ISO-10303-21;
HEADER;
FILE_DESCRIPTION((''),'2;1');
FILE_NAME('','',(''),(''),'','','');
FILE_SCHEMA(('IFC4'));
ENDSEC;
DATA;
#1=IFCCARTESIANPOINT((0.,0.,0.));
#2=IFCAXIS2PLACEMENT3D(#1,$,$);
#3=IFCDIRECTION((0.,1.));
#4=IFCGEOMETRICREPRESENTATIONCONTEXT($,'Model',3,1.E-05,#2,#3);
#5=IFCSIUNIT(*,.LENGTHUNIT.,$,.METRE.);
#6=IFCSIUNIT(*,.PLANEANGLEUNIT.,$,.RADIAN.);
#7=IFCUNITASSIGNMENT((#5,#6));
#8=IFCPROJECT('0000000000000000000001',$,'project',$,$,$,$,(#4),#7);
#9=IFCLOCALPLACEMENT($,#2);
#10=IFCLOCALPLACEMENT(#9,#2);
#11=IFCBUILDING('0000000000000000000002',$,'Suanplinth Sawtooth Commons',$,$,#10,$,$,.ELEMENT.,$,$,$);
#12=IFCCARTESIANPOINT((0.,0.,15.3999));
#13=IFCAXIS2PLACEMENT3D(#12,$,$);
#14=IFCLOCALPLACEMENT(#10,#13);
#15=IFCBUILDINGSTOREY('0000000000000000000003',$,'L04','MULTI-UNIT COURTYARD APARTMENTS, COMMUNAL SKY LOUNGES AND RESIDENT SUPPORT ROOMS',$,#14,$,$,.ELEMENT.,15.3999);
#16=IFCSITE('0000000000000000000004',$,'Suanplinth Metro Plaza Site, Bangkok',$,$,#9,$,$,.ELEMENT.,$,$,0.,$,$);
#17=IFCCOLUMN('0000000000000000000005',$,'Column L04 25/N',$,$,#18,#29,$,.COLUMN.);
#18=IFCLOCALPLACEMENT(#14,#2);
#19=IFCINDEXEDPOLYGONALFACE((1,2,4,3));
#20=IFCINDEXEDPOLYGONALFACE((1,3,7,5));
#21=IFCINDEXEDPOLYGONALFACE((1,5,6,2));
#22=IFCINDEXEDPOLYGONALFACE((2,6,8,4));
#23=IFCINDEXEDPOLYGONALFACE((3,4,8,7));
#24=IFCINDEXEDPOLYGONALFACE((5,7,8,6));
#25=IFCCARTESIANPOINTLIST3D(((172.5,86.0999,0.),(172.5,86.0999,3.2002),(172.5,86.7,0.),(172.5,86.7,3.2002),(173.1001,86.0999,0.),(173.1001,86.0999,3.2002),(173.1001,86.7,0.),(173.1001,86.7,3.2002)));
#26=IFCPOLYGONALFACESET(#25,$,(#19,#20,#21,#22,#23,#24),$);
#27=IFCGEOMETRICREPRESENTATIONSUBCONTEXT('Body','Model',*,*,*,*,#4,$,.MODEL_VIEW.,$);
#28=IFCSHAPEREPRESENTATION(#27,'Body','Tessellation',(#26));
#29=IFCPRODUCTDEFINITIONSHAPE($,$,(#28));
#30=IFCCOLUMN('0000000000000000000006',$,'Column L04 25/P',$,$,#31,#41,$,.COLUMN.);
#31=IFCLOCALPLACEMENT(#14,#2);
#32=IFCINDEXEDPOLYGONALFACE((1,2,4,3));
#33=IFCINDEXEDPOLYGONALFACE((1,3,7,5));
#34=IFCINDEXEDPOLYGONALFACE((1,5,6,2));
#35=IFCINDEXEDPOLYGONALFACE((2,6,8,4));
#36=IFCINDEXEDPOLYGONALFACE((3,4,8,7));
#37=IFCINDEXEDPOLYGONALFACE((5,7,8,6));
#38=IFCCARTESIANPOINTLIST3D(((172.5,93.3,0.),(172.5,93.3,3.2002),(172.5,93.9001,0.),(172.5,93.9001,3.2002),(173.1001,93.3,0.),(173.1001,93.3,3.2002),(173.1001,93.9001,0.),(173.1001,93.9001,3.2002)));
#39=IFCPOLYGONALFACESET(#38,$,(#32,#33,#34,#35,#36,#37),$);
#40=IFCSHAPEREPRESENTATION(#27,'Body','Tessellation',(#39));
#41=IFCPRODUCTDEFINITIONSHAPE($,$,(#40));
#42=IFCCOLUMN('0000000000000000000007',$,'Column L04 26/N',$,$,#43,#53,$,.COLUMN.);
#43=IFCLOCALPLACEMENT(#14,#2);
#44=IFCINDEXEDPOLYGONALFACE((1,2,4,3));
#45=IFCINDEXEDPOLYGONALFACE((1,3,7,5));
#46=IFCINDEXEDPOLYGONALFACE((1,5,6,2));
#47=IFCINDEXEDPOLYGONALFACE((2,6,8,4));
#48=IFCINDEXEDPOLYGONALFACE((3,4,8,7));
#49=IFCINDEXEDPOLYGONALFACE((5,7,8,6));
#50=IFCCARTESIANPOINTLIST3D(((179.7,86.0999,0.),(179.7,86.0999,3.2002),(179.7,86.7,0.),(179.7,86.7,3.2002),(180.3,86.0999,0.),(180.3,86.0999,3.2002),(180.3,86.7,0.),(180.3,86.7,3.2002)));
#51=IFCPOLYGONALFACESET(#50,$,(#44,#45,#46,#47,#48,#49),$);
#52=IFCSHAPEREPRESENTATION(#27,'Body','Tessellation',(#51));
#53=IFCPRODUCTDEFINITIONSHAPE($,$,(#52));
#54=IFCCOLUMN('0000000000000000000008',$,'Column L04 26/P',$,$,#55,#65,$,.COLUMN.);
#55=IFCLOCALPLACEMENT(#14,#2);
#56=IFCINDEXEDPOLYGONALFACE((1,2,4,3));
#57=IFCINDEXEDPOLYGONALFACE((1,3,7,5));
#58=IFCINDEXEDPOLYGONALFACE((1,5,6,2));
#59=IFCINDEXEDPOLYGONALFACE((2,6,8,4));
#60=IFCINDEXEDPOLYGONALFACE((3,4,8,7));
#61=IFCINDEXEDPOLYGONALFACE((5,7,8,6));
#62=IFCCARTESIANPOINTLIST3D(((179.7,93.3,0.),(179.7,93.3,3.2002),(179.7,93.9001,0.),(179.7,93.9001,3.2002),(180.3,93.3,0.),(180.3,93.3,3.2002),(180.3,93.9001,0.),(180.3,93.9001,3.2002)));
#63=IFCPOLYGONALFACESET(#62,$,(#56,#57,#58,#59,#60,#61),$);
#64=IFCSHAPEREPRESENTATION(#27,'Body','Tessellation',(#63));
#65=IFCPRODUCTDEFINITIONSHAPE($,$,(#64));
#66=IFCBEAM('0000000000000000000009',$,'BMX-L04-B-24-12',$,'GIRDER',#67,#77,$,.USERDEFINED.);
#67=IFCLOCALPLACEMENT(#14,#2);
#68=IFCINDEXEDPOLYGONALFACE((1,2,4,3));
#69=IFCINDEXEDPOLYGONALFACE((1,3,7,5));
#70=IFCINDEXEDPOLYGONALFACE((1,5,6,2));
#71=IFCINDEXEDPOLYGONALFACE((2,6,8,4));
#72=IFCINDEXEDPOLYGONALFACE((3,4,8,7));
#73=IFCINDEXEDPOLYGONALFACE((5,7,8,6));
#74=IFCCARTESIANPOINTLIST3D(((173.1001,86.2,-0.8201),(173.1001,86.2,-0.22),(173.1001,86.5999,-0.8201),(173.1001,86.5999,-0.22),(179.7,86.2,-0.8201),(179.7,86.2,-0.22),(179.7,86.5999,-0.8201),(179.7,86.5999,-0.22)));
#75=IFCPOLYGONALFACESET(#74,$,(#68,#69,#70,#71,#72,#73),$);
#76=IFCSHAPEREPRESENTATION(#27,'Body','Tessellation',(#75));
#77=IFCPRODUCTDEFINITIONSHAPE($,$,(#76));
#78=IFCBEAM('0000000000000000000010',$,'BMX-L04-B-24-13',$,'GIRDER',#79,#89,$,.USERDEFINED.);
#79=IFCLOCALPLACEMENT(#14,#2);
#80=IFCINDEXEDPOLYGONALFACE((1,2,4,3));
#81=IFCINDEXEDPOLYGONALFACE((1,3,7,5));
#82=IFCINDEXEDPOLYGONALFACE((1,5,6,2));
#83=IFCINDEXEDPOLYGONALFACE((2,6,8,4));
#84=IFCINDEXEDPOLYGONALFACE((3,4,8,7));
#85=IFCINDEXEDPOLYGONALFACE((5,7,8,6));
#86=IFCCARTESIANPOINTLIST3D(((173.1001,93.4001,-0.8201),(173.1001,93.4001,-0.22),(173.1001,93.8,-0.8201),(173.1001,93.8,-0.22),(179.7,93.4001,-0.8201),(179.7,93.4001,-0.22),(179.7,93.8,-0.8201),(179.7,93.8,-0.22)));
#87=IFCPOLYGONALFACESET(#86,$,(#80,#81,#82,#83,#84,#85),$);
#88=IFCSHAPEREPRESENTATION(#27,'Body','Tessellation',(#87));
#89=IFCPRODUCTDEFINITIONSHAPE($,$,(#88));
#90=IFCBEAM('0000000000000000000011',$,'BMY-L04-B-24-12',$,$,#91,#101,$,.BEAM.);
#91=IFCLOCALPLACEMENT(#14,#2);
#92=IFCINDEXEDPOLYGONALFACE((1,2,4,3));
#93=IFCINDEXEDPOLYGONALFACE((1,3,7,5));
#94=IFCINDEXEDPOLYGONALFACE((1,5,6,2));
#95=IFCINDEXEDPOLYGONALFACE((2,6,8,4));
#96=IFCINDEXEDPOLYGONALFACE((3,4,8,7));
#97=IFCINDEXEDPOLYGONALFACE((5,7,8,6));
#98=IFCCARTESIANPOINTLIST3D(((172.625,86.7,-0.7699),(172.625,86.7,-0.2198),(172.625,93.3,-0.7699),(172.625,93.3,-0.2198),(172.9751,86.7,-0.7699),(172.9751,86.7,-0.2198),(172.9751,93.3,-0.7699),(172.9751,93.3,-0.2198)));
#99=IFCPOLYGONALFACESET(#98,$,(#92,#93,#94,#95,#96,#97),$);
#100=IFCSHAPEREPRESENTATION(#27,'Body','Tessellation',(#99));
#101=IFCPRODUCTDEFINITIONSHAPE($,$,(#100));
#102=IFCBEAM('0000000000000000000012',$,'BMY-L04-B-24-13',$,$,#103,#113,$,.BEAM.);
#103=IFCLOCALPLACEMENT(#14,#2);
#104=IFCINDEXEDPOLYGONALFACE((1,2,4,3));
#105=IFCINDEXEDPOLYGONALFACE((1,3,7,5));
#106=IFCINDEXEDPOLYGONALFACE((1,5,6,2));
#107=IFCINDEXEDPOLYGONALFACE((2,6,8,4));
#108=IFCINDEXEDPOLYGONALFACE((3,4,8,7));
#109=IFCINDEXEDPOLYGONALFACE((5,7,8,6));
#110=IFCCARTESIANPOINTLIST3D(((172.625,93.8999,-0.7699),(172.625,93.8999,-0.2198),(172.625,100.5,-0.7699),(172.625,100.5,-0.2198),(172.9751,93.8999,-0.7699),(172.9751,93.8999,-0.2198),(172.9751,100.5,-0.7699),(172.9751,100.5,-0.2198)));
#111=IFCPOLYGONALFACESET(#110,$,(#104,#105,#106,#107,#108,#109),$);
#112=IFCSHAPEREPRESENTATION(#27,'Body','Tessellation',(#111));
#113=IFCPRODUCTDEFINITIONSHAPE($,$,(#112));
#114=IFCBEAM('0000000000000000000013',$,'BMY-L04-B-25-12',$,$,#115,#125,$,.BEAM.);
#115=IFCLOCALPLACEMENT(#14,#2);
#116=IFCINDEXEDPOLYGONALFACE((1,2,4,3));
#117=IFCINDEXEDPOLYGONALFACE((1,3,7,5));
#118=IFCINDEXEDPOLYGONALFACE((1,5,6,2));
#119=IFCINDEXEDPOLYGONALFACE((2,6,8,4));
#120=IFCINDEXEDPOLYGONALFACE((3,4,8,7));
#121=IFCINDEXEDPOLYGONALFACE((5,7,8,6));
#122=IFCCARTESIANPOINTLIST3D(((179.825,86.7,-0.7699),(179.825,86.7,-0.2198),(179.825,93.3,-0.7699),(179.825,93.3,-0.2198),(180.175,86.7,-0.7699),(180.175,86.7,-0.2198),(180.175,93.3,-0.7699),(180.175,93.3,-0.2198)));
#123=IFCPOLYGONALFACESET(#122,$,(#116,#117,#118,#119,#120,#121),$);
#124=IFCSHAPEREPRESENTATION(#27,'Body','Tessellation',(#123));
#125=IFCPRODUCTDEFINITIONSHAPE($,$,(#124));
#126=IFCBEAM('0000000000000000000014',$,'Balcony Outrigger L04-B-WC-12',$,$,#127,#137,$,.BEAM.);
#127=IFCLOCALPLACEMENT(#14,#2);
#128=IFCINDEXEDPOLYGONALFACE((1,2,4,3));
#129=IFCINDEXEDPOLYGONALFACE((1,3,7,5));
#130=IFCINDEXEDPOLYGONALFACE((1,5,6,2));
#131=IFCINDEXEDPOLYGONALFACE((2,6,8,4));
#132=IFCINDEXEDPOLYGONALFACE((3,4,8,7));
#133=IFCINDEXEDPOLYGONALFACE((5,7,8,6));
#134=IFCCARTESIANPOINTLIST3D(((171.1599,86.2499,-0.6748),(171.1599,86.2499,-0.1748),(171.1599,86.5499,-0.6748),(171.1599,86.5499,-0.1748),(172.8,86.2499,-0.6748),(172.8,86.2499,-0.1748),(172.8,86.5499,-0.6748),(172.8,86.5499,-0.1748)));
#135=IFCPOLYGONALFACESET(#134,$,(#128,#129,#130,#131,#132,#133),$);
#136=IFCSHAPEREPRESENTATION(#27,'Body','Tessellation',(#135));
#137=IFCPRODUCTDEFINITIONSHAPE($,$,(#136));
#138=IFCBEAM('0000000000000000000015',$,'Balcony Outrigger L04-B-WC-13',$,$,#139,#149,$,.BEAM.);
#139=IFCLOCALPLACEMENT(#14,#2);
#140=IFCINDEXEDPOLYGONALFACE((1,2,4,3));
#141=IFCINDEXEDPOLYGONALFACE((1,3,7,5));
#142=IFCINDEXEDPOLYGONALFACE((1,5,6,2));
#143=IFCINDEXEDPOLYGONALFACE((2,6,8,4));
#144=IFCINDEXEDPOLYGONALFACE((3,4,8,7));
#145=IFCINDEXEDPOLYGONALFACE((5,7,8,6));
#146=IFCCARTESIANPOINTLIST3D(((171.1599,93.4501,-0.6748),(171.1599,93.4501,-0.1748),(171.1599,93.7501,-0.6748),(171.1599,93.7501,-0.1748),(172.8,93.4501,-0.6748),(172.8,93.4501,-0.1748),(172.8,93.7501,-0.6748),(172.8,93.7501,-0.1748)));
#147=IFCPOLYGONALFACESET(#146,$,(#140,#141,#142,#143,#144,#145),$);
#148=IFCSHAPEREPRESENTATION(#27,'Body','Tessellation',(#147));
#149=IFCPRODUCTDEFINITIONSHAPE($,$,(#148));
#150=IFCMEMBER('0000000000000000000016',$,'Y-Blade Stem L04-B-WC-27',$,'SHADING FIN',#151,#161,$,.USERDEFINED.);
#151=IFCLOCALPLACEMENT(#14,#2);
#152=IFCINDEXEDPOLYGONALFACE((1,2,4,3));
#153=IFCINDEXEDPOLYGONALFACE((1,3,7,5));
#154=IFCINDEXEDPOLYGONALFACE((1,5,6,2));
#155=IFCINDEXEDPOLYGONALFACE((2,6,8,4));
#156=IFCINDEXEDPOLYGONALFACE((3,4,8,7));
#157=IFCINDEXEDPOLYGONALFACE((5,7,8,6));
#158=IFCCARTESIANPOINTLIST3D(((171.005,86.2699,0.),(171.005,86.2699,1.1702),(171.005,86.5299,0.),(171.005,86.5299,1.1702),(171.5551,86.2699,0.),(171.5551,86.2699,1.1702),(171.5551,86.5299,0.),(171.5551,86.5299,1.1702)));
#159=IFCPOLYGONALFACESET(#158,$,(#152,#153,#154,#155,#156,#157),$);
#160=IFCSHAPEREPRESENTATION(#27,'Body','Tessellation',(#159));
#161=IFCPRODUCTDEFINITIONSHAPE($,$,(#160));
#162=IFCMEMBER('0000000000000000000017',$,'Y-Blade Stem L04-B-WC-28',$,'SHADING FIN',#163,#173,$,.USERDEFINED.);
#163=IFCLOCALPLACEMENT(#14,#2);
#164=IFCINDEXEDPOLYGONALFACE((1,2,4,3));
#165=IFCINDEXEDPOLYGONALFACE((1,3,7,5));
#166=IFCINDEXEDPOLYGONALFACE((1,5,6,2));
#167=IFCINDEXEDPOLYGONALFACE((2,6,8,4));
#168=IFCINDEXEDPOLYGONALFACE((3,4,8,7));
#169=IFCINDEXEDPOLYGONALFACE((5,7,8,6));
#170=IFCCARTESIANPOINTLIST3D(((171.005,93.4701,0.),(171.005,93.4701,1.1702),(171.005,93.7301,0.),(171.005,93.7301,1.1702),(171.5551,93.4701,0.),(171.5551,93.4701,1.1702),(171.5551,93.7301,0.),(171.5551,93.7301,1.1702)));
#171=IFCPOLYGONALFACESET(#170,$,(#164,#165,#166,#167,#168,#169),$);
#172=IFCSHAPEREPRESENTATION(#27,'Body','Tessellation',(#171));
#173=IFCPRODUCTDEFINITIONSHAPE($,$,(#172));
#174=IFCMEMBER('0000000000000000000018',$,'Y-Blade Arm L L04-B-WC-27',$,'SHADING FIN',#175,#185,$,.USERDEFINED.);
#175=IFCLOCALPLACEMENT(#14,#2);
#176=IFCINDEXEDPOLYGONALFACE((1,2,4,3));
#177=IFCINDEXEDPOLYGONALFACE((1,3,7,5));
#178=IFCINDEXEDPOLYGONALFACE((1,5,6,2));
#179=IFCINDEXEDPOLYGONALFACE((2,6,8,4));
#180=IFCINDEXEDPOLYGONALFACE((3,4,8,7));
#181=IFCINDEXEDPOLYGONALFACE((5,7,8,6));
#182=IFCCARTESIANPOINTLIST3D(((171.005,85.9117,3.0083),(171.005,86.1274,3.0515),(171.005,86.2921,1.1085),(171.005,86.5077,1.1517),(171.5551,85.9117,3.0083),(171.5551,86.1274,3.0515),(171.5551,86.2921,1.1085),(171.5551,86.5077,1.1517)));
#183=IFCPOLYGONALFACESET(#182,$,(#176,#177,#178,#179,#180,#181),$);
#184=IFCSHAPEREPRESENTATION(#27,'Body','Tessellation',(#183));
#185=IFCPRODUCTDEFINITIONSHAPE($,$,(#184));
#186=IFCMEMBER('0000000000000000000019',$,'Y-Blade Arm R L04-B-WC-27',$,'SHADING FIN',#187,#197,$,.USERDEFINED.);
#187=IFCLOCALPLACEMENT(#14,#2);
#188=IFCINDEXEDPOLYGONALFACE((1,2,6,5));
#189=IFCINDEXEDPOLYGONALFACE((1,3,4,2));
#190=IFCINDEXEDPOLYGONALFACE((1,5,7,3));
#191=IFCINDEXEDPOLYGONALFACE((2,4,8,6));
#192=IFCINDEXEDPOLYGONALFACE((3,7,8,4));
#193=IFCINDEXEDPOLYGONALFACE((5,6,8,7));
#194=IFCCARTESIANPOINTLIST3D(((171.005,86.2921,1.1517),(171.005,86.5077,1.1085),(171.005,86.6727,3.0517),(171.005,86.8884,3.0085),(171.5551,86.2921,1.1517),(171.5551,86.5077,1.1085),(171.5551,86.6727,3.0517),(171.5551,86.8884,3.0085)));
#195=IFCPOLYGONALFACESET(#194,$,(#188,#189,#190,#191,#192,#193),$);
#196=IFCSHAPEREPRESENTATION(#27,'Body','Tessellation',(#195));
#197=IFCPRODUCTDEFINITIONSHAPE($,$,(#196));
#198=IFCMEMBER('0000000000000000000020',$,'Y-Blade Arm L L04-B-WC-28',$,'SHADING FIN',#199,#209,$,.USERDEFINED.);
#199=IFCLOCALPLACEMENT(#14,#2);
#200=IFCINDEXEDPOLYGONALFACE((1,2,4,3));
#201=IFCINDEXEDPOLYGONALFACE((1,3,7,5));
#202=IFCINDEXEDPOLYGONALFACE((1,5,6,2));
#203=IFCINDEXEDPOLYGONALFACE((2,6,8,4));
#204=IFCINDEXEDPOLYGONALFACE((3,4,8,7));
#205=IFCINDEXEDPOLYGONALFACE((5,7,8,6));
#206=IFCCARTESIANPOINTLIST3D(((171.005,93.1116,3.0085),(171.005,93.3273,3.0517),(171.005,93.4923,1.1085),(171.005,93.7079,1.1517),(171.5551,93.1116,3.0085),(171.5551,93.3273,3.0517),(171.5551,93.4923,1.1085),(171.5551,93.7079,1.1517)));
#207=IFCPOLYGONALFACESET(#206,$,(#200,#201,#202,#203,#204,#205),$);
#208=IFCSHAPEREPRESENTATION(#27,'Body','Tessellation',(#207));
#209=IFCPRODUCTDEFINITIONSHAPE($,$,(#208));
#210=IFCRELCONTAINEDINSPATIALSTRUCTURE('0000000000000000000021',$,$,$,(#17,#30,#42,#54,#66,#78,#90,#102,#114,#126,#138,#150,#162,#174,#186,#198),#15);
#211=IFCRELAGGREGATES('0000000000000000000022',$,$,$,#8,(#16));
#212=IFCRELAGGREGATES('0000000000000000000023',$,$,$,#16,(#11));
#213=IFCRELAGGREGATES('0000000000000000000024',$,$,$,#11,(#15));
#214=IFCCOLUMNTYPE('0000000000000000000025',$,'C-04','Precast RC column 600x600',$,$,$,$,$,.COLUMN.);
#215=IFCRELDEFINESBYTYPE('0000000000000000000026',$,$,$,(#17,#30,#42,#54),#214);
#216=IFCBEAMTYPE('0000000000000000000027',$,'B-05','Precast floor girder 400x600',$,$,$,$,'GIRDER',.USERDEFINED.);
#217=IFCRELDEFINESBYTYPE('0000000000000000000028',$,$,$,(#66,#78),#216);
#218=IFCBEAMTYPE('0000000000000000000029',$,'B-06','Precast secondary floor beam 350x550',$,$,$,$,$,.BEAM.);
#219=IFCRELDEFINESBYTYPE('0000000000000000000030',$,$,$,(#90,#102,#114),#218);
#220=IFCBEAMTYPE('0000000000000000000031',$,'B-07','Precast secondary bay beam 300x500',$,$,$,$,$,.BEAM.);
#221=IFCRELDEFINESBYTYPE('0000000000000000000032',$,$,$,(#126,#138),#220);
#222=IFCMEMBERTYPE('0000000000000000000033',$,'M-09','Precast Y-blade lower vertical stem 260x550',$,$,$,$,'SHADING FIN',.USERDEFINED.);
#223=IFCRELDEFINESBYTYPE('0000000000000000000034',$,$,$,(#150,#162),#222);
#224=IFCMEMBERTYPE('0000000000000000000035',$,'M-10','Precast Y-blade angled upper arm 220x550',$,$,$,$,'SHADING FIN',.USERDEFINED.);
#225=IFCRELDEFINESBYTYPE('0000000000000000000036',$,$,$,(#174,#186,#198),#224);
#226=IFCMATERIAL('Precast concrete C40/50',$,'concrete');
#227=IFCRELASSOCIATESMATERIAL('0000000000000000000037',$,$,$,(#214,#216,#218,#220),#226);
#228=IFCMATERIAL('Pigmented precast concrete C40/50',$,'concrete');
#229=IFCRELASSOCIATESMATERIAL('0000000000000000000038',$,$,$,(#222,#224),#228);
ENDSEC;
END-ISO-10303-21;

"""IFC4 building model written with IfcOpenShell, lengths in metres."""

from ifc_helpers import new_model, si_unit, direction, frame, origin, origin_2d, place, context, subcontext, project, spatial, rectangle, extrude, material, material_profile, profile_set, type_object, element, save


model = new_model("IFC4")

# Units and contexts
model_context = context("Model", 3, precision=1e-05, world=origin(), true_north=direction((0.0, 1.0)))
body_context = subcontext(model_context, "Body", "Model", "MODEL_VIEW")
ifc_project = project(units=[si_unit("LENGTHUNIT", "METRE"), si_unit("PLANEANGLEUNIT", "RADIAN")], contexts=[model_context])

# Site, building, storey
site_placement = place(None, origin())
site = spatial("IfcSite", under=ifc_project, at=site_placement, Name="Suanplinth Metro Plaza Site, Bangkok", CompositionType="ELEMENT", RefElevation=0.0)
building_placement = place(site_placement, origin())
building = spatial("IfcBuilding", under=site, at=building_placement, Name="Suanplinth Sawtooth Commons", CompositionType="ELEMENT")
storey_placement = place(building_placement, frame((0.0, 0.0, 15.3999)))
storey = spatial("IfcBuildingStorey", under=building, at=storey_placement, Name="L04", Description="MULTI-UNIT COURTYARD APARTMENTS, COMMUNAL SKY LOUNGES AND RESIDENT SUPPORT ROOMS", CompositionType="ELEMENT", Elevation=15.3999)

# Columns
ifc_material_1 = material(Name="Precast concrete C40/50", Category="concrete")
ifc_material_profile_1 = material_profile(ifc_material_1, rectangle(XDim=0.6001, YDim=0.6001, at=origin_2d()), Name="PC-COL 600x600")
ifc_profile_set_1 = profile_set([ifc_material_profile_1], Name="Precast concrete C40/50")
column_type = type_object("IfcColumnType", Name="C-04", Description="Precast RC column 600x600", PredefinedType="COLUMN", material=ifc_profile_set_1)
for number, where, z_axis, x_axis, name in (
    (1, (172.8, 86.3999, 0.0), (0.0, 0.0, 1.0), (1.0, 0.0, 0.0), "Column L04 25/N"),
    (2, (172.8, 93.6001, 0.0), (0.0, 0.0, 1.0), (1.0, 0.0, 0.0), "Column L04 25/P"),
    (3, (180.0, 86.3999, 0.0), (0.0, 0.0, 1.0), (1.0, 0.0, 0.0), "Column L04 26/N"),
    (4, (180.0, 93.6001, 0.0), (0.0, 0.0, 1.0), (1.0, 0.0, 0.0), "Column L04 26/P"),
):
    element("IfcColumn", number, at=place(storey_placement, frame(where, z_axis=z_axis, x_axis=x_axis)), inside=storey, type_object=column_type, Name=name, PredefinedType="COLUMN", context=body_context, shape_type="SweptSolid", body=[
        extrude(rectangle(XDim=0.6001, YDim=0.6001, at=origin_2d()), origin(), (0.0, 0.0, 1.0), 3.2002),
    ])

# Beams
ifc_material_profile_2 = material_profile(ifc_material_1, rectangle(XDim=0.3999, YDim=0.6001, at=origin_2d()), Name="PC-GDR 400x600")
ifc_profile_set_2 = profile_set([ifc_material_profile_2], Name="Precast concrete C40/50")
beam_type_1 = type_object("IfcBeamType", Name="B-05", Description="Precast floor girder 400x600", ElementType="GIRDER", PredefinedType="USERDEFINED", material=ifc_profile_set_2)
for number, where, z_axis, x_axis, name in (
    (5, (173.1001, 86.3999, -0.52), (1.0, 0.0, 0.0), (0.0, 1.0, 0.0), "BMX-L04-B-24-12"),
    (6, (173.1001, 93.6001, -0.52), (1.0, 0.0, 0.0), (0.0, 1.0, 0.0), "BMX-L04-B-24-13"),
):
    element("IfcBeam", number, at=place(storey_placement, frame(where, z_axis=z_axis, x_axis=x_axis)), inside=storey, type_object=beam_type_1, Name=name, ObjectType="GIRDER", PredefinedType="USERDEFINED", context=body_context, shape_type="SweptSolid", body=[
        extrude(rectangle(XDim=0.3999, YDim=0.6001, at=origin_2d()), origin(), (0.0, 0.0, 1.0), 6.5999),
    ])
ifc_material_profile_3 = material_profile(ifc_material_1, rectangle(XDim=0.3501, YDim=0.55, at=origin_2d()), Name="PC-BM 350x550")
ifc_profile_set_3 = profile_set([ifc_material_profile_3], Name="Precast concrete C40/50")
beam_type_2 = type_object("IfcBeamType", Name="B-06", Description="Precast secondary floor beam 350x550", PredefinedType="BEAM", material=ifc_profile_set_3)
for number, where, z_axis, x_axis, name in (
    (7, (172.8, 86.7, -0.4949), (0.0, 1.0, 0.0), (-1.0, 0.0, 0.0), "BMY-L04-B-24-12"),
    (8, (172.8, 93.8999, -0.4949), (0.0, 1.0, 0.0), (-1.0, 0.0, 0.0), "BMY-L04-B-24-13"),
    (9, (180.0, 86.7, -0.4949), (0.0, 1.0, 0.0), (-1.0, 0.0, 0.0), "BMY-L04-B-25-12"),
):
    element("IfcBeam", number, at=place(storey_placement, frame(where, z_axis=z_axis, x_axis=x_axis)), inside=storey, type_object=beam_type_2, Name=name, PredefinedType="BEAM", context=body_context, shape_type="SweptSolid", body=[
        extrude(rectangle(XDim=0.3501, YDim=0.55, at=origin_2d()), origin(), (0.0, 0.0, 1.0), 6.6001),
    ])
ifc_material_profile_4 = material_profile(ifc_material_1, rectangle(XDim=0.3, YDim=0.5, at=origin_2d()), Name="PC-BM 300x500")
ifc_profile_set_4 = profile_set([ifc_material_profile_4], Name="Precast concrete C40/50")
beam_type_3 = type_object("IfcBeamType", Name="B-07", Description="Precast secondary bay beam 300x500", PredefinedType="BEAM", material=ifc_profile_set_4)
for number, where, z_axis, x_axis, name in (
    (10, (172.8, 86.3999, -0.4248), (-1.0, 0.0, 0.0), (0.0, -1.0, 0.0), "Balcony Outrigger L04-B-WC-12"),
    (11, (172.8, 93.6001, -0.4248), (-1.0, 0.0, 0.0), (0.0, -1.0, 0.0), "Balcony Outrigger L04-B-WC-13"),
):
    element("IfcBeam", number, at=place(storey_placement, frame(where, z_axis=z_axis, x_axis=x_axis)), inside=storey, type_object=beam_type_3, Name=name, PredefinedType="BEAM", context=body_context, shape_type="SweptSolid", body=[
        extrude(rectangle(XDim=0.3, YDim=0.5, at=origin_2d()), origin(), (0.0, 0.0, 1.0), 1.6401),
    ])

# Members
ifc_material_2 = material(Name="Pigmented precast concrete C40/50", Category="concrete")
ifc_material_profile_5 = material_profile(ifc_material_2, rectangle(XDim=0.26, YDim=0.55, at=origin_2d()), Name="PC-FIN 260x550")
ifc_profile_set_5 = profile_set([ifc_material_profile_5], Name="Pigmented precast concrete C40/50")
member_type_1 = type_object("IfcMemberType", Name="M-09", Description="Precast Y-blade lower vertical stem 260x550", ElementType="SHADING FIN", PredefinedType="USERDEFINED", material=ifc_profile_set_5)
for number, where, z_axis, x_axis, name in (
    (12, (171.28, 86.3999, 0.0), (0.0, 0.0, 1.0), (0.0, 1.0, 0.0), "Y-Blade Stem L04-B-WC-27"),
    (13, (171.28, 93.6001, 0.0), (0.0, 0.0, 1.0), (0.0, 1.0, 0.0), "Y-Blade Stem L04-B-WC-28"),
):
    element("IfcMember", number, at=place(storey_placement, frame(where, z_axis=z_axis, x_axis=x_axis)), inside=storey, type_object=member_type_1, Name=name, ObjectType="SHADING FIN", PredefinedType="USERDEFINED", context=body_context, shape_type="SweptSolid", body=[
        extrude(rectangle(XDim=0.26, YDim=0.55, at=origin_2d()), origin(), (0.0, 0.0, 1.0), 1.1702),
    ])
ifc_material_profile_6 = material_profile(ifc_material_2, rectangle(XDim=0.22, YDim=0.55, at=origin_2d()), Name="PC-FIN 220x550")
ifc_profile_set_6 = profile_set([ifc_material_profile_6], Name="Pigmented precast concrete C40/50")
member_type_2 = type_object("IfcMemberType", Name="M-10", Description="Precast Y-blade angled upper arm 220x550", ElementType="SHADING FIN", PredefinedType="USERDEFINED", material=ifc_profile_set_6)
member_1_placement = place(storey_placement, frame((171.28, 86.3999, 1.1301), z_axis=(0.0, -0.19631, 0.980542), x_axis=(0.0, 0.980542, 0.19631)))
element("IfcMember", 14, at=member_1_placement, inside=storey, type_object=member_type_2, Name="Y-Blade Arm L L04-B-WC-27", ObjectType="SHADING FIN", PredefinedType="USERDEFINED", context=body_context, shape_type="SweptSolid", body=[
    extrude(rectangle(XDim=0.22, YDim=0.55, at=origin_2d()), origin(), (0.0, 0.0, 1.0), 1.9375),
])
for number, where, z_axis, x_axis, name in (
    (15, (171.28, 86.3999, 1.1301), (0.0, 0.196431, 0.980518), (0.0, -0.980518, 0.196431), "Y-Blade Arm R L04-B-WC-27"),
    (16, (171.28, 93.6001, 1.1301), (0.0, -0.196431, 0.980518), (0.0, 0.980518, 0.196431), "Y-Blade Arm L L04-B-WC-28"),
):
    element("IfcMember", number, at=place(storey_placement, frame(where, z_axis=z_axis, x_axis=x_axis)), inside=storey, type_object=member_type_2, Name=name, ObjectType="SHADING FIN", PredefinedType="USERDEFINED", context=body_context, shape_type="SweptSolid", body=[
        extrude(rectangle(XDim=0.22, YDim=0.55, at=origin_2d()), origin(), (0.0, 0.0, 1.0), 1.9377),
    ])

save(model, "model.ifc")
